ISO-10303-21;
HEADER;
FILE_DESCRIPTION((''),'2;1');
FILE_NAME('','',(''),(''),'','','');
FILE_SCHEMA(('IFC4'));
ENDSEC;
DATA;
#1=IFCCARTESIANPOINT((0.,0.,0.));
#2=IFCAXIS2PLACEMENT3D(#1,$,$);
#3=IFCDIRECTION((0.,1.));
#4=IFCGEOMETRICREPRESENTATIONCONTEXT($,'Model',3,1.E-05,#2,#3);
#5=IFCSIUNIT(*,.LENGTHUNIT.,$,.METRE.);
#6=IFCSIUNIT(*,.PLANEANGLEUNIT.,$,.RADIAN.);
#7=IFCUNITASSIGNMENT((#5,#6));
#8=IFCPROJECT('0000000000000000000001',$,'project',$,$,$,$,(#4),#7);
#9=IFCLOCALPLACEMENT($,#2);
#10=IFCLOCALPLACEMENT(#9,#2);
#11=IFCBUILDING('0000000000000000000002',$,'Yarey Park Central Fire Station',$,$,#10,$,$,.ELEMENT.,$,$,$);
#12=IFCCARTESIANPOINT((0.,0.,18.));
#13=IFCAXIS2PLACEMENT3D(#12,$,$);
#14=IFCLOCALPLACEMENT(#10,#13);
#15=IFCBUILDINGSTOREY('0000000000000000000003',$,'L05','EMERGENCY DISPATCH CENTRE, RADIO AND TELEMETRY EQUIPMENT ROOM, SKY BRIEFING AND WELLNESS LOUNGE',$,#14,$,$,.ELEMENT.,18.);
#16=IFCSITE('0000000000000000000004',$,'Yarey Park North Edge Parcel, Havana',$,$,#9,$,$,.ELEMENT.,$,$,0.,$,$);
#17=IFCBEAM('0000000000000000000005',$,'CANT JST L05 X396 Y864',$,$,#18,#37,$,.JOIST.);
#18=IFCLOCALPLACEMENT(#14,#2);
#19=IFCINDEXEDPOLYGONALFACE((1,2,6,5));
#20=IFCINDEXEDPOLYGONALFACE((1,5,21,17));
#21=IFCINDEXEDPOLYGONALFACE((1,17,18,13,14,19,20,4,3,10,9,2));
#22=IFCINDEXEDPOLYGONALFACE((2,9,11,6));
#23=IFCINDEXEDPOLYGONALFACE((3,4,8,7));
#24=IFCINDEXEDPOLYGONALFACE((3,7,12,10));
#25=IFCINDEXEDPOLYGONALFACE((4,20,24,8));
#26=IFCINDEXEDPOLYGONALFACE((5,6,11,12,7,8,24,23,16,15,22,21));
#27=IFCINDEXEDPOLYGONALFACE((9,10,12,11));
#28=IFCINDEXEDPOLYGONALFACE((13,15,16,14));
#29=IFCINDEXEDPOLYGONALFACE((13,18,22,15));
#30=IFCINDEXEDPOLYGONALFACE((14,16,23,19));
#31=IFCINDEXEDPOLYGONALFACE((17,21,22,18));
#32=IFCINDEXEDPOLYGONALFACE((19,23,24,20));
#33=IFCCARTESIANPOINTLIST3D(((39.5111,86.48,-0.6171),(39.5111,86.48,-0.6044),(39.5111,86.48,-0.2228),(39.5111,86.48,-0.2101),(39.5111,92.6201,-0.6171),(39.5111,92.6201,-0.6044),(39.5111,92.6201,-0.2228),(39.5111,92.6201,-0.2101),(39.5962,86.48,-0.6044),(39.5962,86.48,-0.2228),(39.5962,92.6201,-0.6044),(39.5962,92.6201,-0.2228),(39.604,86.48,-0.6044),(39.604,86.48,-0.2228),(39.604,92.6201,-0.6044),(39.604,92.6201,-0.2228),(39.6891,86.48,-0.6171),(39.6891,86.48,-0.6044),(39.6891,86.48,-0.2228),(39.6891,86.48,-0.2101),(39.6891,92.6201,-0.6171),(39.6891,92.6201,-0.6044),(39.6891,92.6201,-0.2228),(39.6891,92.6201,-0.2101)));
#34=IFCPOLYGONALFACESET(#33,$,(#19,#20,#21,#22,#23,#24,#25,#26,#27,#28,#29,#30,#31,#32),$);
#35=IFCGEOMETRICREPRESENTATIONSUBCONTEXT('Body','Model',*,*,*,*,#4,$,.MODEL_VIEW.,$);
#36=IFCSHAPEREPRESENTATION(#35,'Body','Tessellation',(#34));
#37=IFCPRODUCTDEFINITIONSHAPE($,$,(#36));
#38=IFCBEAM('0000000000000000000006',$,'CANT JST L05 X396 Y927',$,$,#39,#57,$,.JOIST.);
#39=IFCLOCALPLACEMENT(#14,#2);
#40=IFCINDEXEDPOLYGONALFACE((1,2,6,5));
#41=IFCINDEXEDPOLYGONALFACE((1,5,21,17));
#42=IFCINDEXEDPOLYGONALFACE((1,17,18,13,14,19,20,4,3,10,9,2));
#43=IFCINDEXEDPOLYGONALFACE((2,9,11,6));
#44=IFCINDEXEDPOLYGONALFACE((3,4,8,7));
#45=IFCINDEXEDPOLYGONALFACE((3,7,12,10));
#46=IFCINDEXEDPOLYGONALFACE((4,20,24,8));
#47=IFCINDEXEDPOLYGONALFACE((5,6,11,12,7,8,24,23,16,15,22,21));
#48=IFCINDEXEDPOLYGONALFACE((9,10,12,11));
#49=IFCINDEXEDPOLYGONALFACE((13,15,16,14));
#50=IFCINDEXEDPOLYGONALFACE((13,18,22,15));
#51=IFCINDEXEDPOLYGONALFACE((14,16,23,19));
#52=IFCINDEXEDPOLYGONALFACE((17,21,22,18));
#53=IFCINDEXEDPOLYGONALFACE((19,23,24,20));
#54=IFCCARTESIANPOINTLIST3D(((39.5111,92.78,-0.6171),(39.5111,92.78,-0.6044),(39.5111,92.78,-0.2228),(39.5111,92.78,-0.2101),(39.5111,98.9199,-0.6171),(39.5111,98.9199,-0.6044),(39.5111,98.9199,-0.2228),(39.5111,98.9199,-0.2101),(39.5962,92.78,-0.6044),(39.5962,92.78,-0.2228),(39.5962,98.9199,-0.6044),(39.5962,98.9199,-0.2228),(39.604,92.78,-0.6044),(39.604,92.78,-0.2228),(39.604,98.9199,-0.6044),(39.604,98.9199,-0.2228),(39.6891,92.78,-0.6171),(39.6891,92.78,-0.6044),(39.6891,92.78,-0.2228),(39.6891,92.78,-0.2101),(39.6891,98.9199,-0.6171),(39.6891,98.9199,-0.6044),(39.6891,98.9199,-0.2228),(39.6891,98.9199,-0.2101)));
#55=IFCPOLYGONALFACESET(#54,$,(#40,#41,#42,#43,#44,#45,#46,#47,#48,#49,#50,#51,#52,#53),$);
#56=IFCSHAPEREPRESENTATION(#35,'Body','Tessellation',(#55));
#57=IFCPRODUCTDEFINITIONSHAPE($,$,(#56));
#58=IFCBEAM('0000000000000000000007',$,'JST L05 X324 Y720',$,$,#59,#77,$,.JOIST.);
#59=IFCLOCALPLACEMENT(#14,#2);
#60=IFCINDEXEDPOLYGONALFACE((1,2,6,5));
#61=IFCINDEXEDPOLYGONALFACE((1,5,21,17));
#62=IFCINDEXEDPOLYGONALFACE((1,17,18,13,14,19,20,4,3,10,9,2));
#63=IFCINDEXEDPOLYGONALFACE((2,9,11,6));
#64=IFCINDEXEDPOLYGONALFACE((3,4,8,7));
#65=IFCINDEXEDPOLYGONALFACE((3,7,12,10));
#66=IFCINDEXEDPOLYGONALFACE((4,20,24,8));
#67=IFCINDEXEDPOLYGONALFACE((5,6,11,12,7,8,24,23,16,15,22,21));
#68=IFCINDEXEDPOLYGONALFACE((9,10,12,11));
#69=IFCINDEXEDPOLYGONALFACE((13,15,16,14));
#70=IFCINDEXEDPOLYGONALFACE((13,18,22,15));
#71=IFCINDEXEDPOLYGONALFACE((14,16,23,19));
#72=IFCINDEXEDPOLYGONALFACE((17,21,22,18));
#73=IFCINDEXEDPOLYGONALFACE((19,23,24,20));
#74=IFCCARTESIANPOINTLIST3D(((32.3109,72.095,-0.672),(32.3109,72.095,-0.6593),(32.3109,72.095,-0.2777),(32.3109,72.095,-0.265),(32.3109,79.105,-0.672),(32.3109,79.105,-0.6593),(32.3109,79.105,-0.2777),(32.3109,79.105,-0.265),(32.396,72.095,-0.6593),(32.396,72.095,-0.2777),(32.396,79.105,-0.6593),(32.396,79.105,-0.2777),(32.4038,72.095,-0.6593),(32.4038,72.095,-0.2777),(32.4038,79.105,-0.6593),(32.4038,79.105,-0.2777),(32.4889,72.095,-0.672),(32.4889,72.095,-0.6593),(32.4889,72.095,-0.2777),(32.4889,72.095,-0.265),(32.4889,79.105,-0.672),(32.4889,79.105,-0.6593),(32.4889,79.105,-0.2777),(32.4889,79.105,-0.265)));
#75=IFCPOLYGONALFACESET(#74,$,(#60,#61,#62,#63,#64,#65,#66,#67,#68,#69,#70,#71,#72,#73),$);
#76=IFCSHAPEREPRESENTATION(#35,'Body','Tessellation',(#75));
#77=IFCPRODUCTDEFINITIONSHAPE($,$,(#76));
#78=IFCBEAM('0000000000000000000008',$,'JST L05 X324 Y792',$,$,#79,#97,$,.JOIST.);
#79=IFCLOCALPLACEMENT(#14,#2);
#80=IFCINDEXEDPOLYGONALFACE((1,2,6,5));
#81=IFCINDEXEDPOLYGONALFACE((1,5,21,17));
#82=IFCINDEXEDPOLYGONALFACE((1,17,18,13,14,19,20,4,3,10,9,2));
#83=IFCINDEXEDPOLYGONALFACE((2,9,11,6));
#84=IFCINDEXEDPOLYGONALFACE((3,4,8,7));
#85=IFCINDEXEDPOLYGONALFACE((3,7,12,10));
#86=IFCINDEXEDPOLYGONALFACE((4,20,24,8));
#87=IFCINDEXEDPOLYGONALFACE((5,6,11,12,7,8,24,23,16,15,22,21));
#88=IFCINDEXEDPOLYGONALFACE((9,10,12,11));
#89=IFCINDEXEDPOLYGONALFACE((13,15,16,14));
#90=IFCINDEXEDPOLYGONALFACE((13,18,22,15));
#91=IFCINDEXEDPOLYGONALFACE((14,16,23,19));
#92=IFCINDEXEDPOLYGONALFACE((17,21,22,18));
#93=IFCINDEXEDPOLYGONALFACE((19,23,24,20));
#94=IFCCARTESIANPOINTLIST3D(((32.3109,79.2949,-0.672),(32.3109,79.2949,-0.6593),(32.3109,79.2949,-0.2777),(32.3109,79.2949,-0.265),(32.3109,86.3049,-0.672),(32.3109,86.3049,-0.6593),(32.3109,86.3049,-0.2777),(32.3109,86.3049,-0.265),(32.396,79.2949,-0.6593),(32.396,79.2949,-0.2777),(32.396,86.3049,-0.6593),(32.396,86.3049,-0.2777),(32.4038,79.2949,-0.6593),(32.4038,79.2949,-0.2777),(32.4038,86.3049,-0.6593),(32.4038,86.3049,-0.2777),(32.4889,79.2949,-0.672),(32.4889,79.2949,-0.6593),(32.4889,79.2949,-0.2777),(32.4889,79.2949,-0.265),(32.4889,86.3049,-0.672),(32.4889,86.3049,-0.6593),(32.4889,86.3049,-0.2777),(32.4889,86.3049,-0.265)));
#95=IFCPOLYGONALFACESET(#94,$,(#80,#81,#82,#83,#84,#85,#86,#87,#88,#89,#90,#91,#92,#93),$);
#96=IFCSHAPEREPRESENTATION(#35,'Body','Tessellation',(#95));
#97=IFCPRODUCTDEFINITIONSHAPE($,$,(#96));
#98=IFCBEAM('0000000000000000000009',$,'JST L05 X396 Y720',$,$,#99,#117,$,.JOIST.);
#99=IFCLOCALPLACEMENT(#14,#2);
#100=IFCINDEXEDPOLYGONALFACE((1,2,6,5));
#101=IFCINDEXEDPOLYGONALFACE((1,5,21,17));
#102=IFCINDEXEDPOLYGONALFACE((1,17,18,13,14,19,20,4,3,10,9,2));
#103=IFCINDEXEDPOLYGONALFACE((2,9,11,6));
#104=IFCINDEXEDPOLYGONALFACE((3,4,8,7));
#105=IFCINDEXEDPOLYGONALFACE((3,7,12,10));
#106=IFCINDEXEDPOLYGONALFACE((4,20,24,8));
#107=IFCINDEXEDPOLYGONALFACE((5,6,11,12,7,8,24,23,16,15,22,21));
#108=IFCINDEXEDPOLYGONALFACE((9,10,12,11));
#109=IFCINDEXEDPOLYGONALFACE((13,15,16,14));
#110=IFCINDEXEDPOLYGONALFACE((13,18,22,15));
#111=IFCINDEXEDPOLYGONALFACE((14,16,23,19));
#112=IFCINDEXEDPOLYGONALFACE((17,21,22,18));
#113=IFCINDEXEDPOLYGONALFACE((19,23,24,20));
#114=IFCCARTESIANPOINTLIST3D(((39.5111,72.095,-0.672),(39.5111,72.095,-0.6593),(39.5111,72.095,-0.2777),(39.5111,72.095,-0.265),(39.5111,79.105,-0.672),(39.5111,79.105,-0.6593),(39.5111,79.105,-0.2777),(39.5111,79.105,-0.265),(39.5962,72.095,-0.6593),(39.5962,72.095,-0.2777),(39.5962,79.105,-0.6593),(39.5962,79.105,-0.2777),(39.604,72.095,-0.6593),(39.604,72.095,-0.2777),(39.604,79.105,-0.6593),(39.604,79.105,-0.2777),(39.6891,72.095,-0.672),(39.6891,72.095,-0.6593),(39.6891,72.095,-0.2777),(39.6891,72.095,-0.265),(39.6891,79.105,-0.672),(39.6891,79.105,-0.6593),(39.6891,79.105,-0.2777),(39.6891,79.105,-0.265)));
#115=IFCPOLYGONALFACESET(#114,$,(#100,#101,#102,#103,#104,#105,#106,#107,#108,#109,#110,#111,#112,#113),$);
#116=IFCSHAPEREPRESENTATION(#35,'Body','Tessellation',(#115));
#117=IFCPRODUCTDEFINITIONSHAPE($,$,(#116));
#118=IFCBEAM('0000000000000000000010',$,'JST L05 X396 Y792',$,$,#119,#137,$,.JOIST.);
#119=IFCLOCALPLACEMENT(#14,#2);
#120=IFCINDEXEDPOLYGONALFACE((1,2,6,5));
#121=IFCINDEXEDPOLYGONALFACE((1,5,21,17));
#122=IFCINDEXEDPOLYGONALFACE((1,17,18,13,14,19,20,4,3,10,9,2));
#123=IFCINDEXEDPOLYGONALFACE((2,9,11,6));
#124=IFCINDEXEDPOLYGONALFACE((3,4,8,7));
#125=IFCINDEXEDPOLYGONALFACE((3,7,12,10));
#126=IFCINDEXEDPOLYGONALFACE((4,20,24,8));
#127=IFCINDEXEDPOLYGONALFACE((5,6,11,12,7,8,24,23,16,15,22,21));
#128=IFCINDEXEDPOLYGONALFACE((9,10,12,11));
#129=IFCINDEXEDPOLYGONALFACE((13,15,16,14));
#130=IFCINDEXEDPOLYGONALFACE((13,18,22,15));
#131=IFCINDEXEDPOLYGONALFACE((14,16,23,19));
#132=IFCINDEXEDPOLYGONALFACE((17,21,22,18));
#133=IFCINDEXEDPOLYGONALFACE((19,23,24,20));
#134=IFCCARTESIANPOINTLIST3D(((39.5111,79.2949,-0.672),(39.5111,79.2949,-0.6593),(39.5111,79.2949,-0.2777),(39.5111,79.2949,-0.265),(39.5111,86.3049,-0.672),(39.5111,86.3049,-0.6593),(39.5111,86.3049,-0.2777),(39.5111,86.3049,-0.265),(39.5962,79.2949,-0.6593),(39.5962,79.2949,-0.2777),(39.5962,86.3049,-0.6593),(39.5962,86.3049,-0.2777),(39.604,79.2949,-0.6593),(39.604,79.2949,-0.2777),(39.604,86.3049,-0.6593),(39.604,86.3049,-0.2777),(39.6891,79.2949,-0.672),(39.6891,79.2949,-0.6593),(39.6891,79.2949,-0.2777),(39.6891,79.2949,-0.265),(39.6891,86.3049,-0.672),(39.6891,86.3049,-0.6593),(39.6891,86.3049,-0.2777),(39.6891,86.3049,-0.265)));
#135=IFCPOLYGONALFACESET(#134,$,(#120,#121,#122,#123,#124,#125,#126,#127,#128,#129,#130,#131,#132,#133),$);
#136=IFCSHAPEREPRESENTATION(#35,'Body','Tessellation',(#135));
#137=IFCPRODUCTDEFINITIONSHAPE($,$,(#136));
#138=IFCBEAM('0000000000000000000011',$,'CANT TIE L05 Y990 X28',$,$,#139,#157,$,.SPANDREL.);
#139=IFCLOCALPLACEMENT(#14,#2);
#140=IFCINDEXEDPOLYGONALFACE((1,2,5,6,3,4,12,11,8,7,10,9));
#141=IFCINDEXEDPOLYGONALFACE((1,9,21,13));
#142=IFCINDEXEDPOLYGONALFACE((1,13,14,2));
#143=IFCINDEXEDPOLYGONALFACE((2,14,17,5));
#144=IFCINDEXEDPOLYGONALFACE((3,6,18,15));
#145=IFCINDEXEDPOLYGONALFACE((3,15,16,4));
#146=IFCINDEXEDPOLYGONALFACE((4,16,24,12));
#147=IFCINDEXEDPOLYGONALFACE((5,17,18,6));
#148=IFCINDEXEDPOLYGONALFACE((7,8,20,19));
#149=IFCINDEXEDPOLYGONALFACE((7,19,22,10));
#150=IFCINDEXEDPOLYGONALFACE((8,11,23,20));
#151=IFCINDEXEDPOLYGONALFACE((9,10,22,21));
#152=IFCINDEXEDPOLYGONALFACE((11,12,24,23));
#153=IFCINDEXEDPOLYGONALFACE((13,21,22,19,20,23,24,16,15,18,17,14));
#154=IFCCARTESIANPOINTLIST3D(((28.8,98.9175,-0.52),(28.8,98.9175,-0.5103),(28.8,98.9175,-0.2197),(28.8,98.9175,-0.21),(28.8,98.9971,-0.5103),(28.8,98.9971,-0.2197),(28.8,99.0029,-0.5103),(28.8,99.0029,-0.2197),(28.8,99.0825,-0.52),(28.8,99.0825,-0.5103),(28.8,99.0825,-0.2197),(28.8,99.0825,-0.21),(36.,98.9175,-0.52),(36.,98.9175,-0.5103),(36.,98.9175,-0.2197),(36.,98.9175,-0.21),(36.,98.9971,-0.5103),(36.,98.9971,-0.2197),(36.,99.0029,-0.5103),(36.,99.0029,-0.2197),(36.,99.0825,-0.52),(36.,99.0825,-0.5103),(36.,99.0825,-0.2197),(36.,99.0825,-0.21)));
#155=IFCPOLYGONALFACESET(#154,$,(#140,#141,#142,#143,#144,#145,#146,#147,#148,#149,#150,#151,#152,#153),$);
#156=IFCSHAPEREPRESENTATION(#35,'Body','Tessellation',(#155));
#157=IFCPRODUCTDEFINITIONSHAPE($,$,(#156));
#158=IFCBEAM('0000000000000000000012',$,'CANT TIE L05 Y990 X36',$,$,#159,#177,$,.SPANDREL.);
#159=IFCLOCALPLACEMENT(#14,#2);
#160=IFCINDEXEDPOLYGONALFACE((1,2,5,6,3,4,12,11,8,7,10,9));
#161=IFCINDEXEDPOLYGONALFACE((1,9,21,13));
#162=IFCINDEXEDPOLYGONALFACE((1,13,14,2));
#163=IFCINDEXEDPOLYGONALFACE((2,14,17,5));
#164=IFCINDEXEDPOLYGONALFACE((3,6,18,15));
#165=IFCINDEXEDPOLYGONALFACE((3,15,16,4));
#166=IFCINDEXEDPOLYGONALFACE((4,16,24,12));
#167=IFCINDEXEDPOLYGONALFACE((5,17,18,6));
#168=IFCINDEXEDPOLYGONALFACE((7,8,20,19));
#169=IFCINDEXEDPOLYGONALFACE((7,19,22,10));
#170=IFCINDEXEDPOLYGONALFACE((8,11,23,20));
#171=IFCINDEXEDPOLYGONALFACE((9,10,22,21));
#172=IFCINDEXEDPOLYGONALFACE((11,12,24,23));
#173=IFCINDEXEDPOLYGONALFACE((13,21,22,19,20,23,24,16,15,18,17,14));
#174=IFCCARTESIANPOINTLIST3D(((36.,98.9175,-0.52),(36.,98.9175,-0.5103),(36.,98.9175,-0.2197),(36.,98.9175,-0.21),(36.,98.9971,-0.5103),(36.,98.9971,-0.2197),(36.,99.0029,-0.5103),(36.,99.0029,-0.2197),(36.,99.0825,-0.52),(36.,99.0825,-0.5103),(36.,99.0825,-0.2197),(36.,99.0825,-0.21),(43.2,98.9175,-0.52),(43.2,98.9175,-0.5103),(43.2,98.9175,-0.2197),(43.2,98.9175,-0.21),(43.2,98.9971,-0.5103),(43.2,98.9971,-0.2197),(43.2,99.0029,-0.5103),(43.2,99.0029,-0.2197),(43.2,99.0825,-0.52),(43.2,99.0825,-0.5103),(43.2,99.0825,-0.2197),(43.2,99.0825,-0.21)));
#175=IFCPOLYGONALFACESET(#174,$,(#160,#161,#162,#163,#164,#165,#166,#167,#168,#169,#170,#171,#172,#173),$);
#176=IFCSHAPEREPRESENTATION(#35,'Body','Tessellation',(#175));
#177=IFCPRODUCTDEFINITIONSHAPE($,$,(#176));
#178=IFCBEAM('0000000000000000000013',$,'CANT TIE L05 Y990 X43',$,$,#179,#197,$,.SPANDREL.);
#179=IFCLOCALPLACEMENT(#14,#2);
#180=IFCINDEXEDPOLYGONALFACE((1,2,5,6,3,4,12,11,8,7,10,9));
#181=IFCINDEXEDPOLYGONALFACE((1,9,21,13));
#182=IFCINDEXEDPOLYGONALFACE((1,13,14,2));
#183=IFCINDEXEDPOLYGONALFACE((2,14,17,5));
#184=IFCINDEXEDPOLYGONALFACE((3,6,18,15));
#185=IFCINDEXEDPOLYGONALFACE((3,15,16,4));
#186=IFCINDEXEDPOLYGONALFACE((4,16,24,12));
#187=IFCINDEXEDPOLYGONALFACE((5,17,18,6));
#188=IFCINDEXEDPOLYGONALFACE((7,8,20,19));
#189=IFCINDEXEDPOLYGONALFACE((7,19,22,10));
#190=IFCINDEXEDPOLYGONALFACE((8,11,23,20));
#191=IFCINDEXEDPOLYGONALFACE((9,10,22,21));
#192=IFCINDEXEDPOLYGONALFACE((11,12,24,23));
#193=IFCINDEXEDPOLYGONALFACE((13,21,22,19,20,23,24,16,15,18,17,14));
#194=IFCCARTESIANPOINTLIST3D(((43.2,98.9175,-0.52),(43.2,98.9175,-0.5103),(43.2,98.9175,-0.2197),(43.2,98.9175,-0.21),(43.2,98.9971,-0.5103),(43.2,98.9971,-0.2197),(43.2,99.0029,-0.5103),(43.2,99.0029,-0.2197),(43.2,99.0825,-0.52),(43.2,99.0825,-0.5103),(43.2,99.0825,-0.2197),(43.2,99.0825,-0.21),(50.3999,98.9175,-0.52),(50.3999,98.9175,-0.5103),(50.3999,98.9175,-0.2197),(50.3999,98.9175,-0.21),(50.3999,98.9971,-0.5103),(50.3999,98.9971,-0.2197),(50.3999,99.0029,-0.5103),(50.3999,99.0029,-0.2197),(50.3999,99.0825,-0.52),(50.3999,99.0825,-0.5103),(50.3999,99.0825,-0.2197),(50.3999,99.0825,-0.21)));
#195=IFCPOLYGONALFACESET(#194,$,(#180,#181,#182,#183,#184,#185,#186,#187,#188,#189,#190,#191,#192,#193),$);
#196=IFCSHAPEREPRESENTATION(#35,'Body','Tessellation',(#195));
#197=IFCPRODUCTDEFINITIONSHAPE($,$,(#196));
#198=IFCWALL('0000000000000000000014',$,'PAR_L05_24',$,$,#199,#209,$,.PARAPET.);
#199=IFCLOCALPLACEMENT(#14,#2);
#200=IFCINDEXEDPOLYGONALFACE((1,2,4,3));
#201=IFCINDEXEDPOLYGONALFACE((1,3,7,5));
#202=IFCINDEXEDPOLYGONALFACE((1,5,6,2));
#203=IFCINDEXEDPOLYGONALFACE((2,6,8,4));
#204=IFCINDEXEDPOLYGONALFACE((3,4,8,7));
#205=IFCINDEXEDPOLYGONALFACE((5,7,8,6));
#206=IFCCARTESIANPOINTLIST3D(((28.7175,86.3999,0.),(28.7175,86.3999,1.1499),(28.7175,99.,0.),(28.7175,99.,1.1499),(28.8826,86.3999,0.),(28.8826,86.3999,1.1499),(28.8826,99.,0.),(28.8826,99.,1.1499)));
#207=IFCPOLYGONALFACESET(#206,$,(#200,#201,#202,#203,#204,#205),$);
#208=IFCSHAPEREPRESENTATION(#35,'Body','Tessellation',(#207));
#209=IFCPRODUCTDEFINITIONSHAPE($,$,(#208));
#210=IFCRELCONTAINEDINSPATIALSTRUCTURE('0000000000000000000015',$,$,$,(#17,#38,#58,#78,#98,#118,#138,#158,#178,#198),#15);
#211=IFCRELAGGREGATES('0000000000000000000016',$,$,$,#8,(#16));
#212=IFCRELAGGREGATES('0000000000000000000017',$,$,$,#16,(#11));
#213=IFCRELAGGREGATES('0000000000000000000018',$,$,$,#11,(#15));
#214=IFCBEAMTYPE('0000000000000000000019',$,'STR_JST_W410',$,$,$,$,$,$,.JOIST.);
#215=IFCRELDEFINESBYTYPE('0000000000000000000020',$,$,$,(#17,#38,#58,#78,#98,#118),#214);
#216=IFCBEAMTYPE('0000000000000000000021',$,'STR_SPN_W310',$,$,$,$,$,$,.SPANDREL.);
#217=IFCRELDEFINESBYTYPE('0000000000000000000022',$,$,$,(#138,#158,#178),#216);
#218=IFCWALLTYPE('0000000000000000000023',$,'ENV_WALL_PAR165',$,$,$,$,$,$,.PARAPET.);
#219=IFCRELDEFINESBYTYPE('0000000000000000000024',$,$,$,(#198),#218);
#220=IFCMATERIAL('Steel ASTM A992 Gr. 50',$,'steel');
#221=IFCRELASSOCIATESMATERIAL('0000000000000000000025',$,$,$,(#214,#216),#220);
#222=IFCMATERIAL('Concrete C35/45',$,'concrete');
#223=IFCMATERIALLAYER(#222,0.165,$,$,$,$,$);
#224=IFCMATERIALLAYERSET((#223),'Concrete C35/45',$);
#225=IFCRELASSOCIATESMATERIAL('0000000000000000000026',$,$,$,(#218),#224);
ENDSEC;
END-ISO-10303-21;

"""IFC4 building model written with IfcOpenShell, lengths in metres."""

from ifc_helpers import new_model, si_unit, direction, frame, frame_2d, origin, origin_2d, place, context, subcontext, project, spatial, rectangle, i_section, extrude, material, layer, layer_set, material_profile, profile_set, type_object, element, save


model = new_model("IFC4")

# Units and contexts
model_context = context("Model", 3, precision=1e-05, world=origin(), true_north=direction((0.0, 1.0)))
body_context = subcontext(model_context, "Body", "Model", "MODEL_VIEW")
ifc_project = project(units=[si_unit("LENGTHUNIT", "METRE"), si_unit("PLANEANGLEUNIT", "RADIAN")], contexts=[model_context])

# Site, building, storey
site_placement = place(None, origin())
site = spatial("IfcSite", under=ifc_project, at=site_placement, Name="Yarey Park North Edge Parcel, Havana", CompositionType="ELEMENT", RefElevation=0.0)
building_placement = place(site_placement, origin())
building = spatial("IfcBuilding", under=site, at=building_placement, Name="Yarey Park Central Fire Station", CompositionType="ELEMENT")
storey_placement = place(building_placement, frame((0.0, 0.0, 18.0)))
storey = spatial("IfcBuildingStorey", under=building, at=storey_placement, Name="L05", Description="EMERGENCY DISPATCH CENTRE, RADIO AND TELEMETRY EQUIPMENT ROOM, SKY BRIEFING AND WELLNESS LOUNGE", CompositionType="ELEMENT", Elevation=18.0)

# Beams
ifc_material_1 = material(Name="Steel ASTM A992 Gr. 50", Category="steel")
ifc_material_profile_1 = material_profile(ifc_material_1, i_section(OverallWidth=0.178, OverallDepth=0.407, WebThickness=0.0078, FlangeThickness=0.0127, at=origin_2d()), Name="W410x60")
ifc_profile_set_1 = profile_set([ifc_material_profile_1], Name="Steel ASTM A992 Gr. 50")
beam_type_1 = type_object("IfcBeamType", Name="STR_JST_W410", PredefinedType="JOIST", material=ifc_profile_set_1)
beam_1_placement = place(storey_placement, frame((39.6001, 86.48, -0.4136), z_axis=(0.0, 1.0, 0.0), x_axis=(-1.0, 0.0, 0.0)))
element("IfcBeam", 1, at=beam_1_placement, inside=storey, type_object=beam_type_1, Name="CANT JST L05 X396 Y864", PredefinedType="JOIST", context=body_context, shape_type="SweptSolid", body=[
    extrude(i_section(OverallWidth=0.178, OverallDepth=0.407, WebThickness=0.0078, FlangeThickness=0.0127, at=origin_2d()), origin(), (0.0, 0.0, 1.0), 6.1401),
])
beam_2_placement = place(storey_placement, frame((39.6001, 92.78, -0.4136), z_axis=(0.0, 1.0, 0.0), x_axis=(-1.0, 0.0, 0.0)))
element("IfcBeam", 2, at=beam_2_placement, inside=storey, type_object=beam_type_1, Name="CANT JST L05 X396 Y927", PredefinedType="JOIST", context=body_context, shape_type="SweptSolid", body=[
    extrude(i_section(OverallWidth=0.178, OverallDepth=0.407, WebThickness=0.0078, FlangeThickness=0.0127, at=origin_2d()), origin(), (0.0, 0.0, 1.0), 6.1399),
])
for number, where, z_axis, x_axis, name in (
    (3, (32.3999, 72.095, -0.4685), (0.0, 1.0, 0.0), (-1.0, 0.0, 0.0), "JST L05 X324 Y720"),
    (4, (32.3999, 79.2949, -0.4685), (0.0, 1.0, 0.0), (-1.0, 0.0, 0.0), "JST L05 X324 Y792"),
    (5, (39.6001, 72.095, -0.4685), (0.0, 1.0, 0.0), (-1.0, 0.0, 0.0), "JST L05 X396 Y720"),
    (6, (39.6001, 79.2949, -0.4685), (0.0, 1.0, 0.0), (-1.0, 0.0, 0.0), "JST L05 X396 Y792"),
):
    element("IfcBeam", number, at=place(storey_placement, frame(where, z_axis=z_axis, x_axis=x_axis)), inside=storey, type_object=beam_type_1, Name=name, PredefinedType="JOIST", context=body_context, shape_type="SweptSolid", body=[
        extrude(i_section(OverallWidth=0.178, OverallDepth=0.407, WebThickness=0.0078, FlangeThickness=0.0127, at=origin_2d()), origin(), (0.0, 0.0, 1.0), 7.01),
    ])
ifc_material_profile_2 = material_profile(ifc_material_1, i_section(OverallWidth=0.165, OverallDepth=0.3101, WebThickness=0.0059, FlangeThickness=0.0098, at=origin_2d()), Name="W310x39")
ifc_profile_set_2 = profile_set([ifc_material_profile_2], Name="Steel ASTM A992 Gr. 50")
beam_type_2 = type_object("IfcBeamType", Name="STR_SPN_W310", PredefinedType="SPANDREL", material=ifc_profile_set_2)
for number, where, z_axis, x_axis, name in (
    (7, (28.8, 99.0, -0.365), (1.0, 0.0, 0.0), (0.0, 1.0, 0.0), "CANT TIE L05 Y990 X28"),
    (8, (36.0, 99.0, -0.365), (1.0, 0.0, 0.0), (0.0, 1.0, 0.0), "CANT TIE L05 Y990 X36"),
    (9, (43.2, 99.0, -0.365), (1.0, 0.0, 0.0), (0.0, 1.0, 0.0), "CANT TIE L05 Y990 X43"),
):
    element("IfcBeam", number, at=place(storey_placement, frame(where, z_axis=z_axis, x_axis=x_axis)), inside=storey, type_object=beam_type_2, Name=name, PredefinedType="SPANDREL", context=body_context, shape_type="SweptSolid", body=[
        extrude(i_section(OverallWidth=0.165, OverallDepth=0.3101, WebThickness=0.0059, FlangeThickness=0.0098, at=origin_2d()), origin(), (0.0, 0.0, 1.0), 7.2),
    ])

# Wall
ifc_material_2 = material(Name="Concrete C35/45", Category="concrete")
ifc_layer_1 = layer(ifc_material_2, 0.165)
ifc_layer_set_1 = layer_set([ifc_layer_1], Name="Concrete C35/45")
wall_type_1 = type_object("IfcWallType", Name="ENV_WALL_PAR165", PredefinedType="PARAPET", material=ifc_layer_set_1)
wall_1_placement = place(storey_placement, frame((28.8, 86.3999, 0.0), z_axis=(0.0, 0.0, 1.0), x_axis=(0.0, 1.0, 0.0)))
element("IfcWall", 10, at=wall_1_placement, inside=storey, type_object=wall_type_1, Name="PAR_L05_24", PredefinedType="PARAPET", context=body_context, shape_type="SweptSolid", body=[
    extrude(rectangle(XDim=12.6001, YDim=0.165, at=frame_2d((6.3, 0.0))), origin(), (0.0, 0.0, 1.0), 1.1499),
])

save(model, "model.ifc")
